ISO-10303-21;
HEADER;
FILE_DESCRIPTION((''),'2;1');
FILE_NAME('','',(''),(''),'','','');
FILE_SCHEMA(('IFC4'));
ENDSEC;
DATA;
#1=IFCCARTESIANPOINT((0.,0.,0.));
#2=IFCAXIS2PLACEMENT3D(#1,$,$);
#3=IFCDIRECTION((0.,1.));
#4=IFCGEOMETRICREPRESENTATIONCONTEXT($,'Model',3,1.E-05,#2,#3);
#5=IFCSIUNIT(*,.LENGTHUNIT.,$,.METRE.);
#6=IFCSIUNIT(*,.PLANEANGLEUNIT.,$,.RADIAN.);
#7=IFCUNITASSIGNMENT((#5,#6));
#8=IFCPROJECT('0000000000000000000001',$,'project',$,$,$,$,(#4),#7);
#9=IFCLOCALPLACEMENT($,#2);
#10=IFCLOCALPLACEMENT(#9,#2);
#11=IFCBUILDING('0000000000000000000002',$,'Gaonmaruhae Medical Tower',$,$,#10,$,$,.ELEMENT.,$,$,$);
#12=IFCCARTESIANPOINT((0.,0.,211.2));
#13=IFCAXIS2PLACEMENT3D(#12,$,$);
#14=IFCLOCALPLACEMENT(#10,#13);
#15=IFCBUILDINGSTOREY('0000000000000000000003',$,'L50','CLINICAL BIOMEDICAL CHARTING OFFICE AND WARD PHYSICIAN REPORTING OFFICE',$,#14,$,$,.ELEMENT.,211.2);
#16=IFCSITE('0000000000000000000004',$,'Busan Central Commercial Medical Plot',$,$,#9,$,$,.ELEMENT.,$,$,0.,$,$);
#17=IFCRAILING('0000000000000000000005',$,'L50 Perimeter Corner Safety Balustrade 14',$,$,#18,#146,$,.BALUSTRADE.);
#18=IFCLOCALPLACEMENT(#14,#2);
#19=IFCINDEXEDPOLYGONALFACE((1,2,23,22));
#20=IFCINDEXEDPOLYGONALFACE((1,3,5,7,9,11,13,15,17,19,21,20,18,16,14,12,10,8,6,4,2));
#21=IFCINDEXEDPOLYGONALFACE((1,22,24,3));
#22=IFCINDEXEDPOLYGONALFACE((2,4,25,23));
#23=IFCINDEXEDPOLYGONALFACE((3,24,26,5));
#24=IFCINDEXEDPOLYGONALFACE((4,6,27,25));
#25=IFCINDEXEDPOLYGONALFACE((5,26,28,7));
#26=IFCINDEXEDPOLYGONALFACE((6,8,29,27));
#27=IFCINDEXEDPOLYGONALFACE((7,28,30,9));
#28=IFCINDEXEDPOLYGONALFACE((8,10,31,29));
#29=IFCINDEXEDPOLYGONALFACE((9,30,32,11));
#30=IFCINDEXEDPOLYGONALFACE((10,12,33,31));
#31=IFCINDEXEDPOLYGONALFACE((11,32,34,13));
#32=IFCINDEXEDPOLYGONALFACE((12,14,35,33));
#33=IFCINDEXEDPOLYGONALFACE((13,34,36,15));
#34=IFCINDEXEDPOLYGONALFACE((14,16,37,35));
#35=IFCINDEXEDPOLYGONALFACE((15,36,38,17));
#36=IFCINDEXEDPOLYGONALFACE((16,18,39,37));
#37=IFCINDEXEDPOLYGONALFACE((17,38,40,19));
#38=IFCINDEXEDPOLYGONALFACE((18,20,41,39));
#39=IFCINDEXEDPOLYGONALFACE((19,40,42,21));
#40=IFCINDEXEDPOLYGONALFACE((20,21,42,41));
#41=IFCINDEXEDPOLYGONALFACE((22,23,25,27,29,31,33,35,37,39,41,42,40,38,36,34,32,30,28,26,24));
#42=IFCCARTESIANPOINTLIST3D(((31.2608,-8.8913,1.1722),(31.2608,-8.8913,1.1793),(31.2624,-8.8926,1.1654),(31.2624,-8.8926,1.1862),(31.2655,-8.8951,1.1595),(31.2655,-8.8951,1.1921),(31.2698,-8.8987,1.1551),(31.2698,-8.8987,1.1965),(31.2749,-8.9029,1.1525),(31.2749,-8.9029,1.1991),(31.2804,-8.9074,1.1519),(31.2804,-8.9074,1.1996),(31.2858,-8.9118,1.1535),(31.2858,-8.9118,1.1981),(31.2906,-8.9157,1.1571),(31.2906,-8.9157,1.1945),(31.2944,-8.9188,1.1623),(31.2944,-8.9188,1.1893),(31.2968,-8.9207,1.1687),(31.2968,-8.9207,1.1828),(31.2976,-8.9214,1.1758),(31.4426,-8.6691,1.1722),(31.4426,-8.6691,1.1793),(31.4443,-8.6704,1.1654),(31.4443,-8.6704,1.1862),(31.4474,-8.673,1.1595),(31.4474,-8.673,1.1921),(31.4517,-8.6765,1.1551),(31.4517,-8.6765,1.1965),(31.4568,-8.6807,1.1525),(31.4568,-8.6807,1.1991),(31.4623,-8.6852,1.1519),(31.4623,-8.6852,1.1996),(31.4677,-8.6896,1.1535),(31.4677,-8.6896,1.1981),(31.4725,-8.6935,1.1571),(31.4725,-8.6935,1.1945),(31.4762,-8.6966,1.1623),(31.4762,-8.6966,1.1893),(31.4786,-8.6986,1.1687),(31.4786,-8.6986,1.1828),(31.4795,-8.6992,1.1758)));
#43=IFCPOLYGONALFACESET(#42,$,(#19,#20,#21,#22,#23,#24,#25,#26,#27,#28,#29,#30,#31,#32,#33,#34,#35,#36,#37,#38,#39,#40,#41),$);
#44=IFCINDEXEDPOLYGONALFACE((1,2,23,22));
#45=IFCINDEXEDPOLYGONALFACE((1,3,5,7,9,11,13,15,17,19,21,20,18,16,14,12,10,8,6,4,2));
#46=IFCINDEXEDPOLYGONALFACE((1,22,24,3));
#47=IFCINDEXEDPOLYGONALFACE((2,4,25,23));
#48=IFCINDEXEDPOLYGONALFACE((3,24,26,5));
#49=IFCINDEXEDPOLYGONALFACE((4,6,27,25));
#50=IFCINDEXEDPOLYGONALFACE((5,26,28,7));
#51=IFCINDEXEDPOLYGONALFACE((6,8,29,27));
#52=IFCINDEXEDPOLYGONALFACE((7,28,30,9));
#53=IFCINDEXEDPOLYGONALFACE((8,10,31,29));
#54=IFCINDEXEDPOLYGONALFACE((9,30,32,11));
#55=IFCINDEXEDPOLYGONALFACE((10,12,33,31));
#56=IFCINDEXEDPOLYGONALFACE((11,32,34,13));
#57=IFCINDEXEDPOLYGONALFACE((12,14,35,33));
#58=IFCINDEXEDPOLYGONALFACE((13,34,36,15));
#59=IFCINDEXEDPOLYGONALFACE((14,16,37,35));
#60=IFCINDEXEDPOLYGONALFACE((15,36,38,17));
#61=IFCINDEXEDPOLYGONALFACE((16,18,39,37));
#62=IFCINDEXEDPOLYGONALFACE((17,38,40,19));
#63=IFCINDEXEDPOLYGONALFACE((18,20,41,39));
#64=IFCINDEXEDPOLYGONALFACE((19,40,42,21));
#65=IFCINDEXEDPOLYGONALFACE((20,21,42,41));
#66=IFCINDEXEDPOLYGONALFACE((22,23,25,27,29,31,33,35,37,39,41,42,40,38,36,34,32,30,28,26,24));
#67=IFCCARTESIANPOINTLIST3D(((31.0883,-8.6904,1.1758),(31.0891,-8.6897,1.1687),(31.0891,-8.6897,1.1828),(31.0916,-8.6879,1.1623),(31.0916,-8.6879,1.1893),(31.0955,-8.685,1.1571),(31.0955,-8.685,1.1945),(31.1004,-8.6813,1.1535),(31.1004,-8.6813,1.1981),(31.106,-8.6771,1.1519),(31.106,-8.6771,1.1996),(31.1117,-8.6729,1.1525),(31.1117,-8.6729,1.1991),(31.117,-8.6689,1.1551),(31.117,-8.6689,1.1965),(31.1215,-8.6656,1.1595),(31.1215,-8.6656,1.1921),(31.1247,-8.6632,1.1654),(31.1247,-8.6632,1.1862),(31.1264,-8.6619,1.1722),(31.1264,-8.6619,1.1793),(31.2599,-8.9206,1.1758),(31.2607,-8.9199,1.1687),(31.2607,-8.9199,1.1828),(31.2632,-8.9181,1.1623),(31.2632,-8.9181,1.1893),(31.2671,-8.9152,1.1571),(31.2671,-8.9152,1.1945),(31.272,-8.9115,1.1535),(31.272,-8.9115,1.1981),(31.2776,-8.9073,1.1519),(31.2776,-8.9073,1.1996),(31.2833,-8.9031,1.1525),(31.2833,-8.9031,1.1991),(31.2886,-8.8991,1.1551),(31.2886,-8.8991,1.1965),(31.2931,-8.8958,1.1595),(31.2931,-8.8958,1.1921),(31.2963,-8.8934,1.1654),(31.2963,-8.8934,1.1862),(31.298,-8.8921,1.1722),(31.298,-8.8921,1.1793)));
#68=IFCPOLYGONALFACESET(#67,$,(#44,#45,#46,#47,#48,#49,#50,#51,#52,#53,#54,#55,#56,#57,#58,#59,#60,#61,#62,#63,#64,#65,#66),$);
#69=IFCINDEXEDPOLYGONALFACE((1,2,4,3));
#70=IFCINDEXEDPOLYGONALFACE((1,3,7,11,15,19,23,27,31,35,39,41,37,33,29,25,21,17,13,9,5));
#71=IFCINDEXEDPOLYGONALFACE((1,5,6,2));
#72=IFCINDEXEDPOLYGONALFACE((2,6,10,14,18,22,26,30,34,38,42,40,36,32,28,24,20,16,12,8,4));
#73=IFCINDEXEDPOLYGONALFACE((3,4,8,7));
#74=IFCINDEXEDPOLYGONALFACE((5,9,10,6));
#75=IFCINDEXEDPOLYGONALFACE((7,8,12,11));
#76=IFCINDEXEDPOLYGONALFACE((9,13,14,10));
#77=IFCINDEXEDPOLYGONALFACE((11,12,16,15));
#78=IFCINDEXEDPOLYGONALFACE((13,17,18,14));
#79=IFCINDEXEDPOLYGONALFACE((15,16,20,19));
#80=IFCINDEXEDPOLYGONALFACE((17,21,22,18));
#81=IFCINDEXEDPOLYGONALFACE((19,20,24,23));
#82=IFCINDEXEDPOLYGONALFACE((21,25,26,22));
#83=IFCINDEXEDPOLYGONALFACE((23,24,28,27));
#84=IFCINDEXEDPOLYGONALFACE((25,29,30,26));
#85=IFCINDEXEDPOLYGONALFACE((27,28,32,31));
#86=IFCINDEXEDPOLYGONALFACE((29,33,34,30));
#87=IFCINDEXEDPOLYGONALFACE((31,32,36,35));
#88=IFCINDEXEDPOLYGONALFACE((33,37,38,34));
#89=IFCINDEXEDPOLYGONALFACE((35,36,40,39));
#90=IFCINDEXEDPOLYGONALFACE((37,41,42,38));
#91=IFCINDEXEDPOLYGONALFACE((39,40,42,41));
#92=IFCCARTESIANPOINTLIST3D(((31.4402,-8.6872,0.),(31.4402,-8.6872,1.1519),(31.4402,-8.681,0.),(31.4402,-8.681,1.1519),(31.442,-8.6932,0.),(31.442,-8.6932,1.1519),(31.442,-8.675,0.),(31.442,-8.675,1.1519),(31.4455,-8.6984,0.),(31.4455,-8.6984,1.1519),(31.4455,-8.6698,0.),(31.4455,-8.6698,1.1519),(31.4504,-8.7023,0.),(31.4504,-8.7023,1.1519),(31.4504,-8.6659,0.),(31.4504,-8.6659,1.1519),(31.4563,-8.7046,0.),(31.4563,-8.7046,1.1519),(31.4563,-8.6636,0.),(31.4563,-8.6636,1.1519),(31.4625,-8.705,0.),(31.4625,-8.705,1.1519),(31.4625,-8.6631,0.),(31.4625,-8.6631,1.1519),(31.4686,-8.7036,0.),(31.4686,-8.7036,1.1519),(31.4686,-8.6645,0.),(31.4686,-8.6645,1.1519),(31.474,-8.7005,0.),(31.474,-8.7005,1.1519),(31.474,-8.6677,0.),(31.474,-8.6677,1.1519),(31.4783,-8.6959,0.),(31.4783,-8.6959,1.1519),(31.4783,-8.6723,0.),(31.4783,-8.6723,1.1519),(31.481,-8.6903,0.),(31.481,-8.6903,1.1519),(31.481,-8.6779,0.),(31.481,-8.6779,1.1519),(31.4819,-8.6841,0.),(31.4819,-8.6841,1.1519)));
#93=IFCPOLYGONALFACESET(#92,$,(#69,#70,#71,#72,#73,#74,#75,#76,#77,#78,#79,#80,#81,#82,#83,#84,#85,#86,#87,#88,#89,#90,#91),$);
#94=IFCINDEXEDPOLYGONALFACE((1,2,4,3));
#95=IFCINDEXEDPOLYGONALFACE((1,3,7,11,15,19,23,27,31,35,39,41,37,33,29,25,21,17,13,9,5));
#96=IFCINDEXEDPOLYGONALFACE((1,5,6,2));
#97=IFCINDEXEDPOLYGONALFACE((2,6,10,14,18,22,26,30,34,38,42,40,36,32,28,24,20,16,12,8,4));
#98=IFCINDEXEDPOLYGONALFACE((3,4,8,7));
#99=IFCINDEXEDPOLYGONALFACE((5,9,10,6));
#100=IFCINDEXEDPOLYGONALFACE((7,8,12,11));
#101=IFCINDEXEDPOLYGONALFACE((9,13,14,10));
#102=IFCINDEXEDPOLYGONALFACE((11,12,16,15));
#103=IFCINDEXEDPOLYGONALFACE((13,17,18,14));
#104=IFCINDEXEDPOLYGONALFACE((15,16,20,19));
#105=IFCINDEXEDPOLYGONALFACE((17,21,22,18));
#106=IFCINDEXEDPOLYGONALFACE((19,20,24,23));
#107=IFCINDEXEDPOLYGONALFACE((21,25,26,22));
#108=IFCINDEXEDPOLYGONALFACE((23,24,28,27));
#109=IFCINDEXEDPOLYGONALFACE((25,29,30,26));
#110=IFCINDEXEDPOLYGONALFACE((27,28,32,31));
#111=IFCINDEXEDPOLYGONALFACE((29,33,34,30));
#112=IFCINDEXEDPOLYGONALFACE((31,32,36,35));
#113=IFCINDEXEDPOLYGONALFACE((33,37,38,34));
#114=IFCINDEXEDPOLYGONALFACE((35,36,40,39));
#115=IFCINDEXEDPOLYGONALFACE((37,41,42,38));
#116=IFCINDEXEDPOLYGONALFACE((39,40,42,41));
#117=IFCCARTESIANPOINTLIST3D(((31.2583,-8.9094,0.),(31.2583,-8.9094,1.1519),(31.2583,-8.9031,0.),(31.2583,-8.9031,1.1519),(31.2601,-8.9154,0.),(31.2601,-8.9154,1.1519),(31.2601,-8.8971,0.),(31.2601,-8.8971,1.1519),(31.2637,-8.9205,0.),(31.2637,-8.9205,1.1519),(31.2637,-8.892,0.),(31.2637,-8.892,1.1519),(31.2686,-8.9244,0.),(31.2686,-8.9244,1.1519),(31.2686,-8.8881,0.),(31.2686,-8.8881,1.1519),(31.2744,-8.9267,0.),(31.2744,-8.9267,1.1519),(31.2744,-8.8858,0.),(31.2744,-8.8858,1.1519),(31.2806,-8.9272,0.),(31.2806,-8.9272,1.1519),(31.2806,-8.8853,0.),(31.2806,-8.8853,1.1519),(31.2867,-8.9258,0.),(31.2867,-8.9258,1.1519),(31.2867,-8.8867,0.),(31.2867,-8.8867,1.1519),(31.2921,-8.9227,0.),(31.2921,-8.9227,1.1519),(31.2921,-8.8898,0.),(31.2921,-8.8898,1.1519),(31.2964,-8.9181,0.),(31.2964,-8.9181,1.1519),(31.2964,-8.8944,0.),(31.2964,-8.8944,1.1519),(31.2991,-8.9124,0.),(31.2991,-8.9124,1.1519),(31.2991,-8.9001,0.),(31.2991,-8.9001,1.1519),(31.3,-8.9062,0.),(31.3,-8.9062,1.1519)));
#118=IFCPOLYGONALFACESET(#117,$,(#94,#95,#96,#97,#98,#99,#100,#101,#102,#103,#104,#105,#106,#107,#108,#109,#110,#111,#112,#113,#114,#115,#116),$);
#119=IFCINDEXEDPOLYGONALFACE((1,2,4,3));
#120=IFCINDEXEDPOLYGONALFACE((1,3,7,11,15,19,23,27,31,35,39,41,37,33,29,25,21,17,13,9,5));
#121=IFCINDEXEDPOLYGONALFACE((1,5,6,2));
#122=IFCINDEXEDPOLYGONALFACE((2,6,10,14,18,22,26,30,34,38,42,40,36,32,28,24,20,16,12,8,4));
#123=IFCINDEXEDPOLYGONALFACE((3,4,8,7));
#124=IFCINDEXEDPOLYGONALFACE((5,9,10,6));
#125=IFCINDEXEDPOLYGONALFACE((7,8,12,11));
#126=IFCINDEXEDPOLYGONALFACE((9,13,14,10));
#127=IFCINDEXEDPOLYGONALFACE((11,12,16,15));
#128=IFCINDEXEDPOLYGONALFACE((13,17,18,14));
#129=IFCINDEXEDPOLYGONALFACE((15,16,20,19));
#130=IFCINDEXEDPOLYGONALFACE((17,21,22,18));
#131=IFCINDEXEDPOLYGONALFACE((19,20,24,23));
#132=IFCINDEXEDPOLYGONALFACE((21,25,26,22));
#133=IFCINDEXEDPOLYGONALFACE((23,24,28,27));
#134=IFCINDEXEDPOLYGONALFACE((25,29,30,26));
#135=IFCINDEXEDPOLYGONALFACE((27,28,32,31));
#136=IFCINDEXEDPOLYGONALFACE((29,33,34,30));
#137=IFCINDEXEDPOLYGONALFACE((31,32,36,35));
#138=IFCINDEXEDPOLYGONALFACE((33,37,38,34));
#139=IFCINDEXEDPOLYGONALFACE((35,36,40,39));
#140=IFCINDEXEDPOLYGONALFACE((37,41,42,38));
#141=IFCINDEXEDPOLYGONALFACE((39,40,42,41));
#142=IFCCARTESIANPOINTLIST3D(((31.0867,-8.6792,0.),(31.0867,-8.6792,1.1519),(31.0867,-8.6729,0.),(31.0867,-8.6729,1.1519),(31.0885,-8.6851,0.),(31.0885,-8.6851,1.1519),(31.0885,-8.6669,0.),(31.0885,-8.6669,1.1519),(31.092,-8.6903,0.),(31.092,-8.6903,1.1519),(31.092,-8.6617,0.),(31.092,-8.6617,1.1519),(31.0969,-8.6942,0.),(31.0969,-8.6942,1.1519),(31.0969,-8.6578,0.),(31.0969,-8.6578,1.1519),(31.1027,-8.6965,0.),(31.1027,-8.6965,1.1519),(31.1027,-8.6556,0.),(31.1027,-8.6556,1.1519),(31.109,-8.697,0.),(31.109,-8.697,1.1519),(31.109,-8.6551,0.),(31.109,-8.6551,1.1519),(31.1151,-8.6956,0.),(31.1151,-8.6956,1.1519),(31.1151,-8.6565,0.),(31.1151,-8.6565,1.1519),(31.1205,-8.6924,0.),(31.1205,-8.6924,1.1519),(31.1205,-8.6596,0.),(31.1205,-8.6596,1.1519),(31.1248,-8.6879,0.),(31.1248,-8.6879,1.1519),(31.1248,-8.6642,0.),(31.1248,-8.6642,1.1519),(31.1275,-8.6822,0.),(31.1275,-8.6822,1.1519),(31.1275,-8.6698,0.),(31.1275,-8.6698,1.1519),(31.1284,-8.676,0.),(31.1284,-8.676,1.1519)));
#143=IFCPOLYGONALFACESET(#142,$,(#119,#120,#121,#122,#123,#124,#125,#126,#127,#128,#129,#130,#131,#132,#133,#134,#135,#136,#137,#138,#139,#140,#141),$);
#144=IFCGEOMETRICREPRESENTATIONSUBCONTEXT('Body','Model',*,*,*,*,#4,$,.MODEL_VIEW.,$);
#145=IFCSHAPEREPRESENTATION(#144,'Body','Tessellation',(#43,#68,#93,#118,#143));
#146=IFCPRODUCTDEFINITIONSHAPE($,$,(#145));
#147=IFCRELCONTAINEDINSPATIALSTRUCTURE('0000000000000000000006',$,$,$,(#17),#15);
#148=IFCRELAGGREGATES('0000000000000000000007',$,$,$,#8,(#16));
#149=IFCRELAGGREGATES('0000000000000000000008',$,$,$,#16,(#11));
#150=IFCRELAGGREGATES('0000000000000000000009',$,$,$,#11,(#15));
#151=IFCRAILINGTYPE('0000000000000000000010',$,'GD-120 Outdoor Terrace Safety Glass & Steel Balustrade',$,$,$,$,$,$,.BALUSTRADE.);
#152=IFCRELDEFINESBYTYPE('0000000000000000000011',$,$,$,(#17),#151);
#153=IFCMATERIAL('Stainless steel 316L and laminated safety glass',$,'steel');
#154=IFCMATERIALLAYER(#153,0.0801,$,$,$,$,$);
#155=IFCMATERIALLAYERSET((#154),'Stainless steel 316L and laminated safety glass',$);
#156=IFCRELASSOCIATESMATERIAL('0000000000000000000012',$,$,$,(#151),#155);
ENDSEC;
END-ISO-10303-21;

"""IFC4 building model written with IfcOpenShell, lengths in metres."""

from ifc_helpers import new_model, si_unit, direction, frame, origin, origin_2d, place, context, subcontext, project, spatial, circle, extrude, material, layer, layer_set, type_object, element, save


model = new_model("IFC4")

# Units and contexts
model_context = context("Model", 3, precision=1e-05, world=origin(), true_north=direction((0.0, 1.0)))
body_context = subcontext(model_context, "Body", "Model", "MODEL_VIEW")
ifc_project = project(units=[si_unit("LENGTHUNIT", "METRE"), si_unit("PLANEANGLEUNIT", "RADIAN")], contexts=[model_context])

# Site, building, storey
site_placement = place(None, origin())
site = spatial("IfcSite", under=ifc_project, at=site_placement, Name="Busan Central Commercial Medical Plot", CompositionType="ELEMENT", RefElevation=0.0)
building_placement = place(site_placement, origin())
building = spatial("IfcBuilding", under=site, at=building_placement, Name="Gaonmaruhae Medical Tower", CompositionType="ELEMENT")
storey_placement = place(building_placement, frame((0.0, 0.0, 211.2)))
storey = spatial("IfcBuildingStorey", under=building, at=storey_placement, Name="L50", Description="CLINICAL BIOMEDICAL CHARTING OFFICE AND WARD PHYSICIAN REPORTING OFFICE", CompositionType="ELEMENT", Elevation=211.2)

# Railing
ifc_material_1 = material(Name="Stainless steel 316L and laminated safety glass", Category="steel")
ifc_layer_1 = layer(ifc_material_1, 0.0801)
ifc_layer_set_1 = layer_set([ifc_layer_1], Name="Stainless steel 316L and laminated safety glass")
railing_type = type_object("IfcRailingType", Name="GD-120 Outdoor Terrace Safety Glass & Steel Balustrade", PredefinedType="BALUSTRADE", material=ifc_layer_set_1)
for number, where, name in (
    (1, (31.4609, -8.6841, 0.0), "L50 Perimeter Corner Safety Balustrade 14"),
):
    element("IfcRailing", number, at=place(storey_placement, frame(where)), inside=storey, type_object=railing_type, Name=name, PredefinedType="BALUSTRADE", context=body_context, shape_type="SweptSolid", body=[
        extrude(circle(Radius=0.0239, at=origin_2d()), frame((0.0, 0.0, 1.1758), z_axis=(-0.633469, -0.773768, 0.0), x_axis=(0.773768, -0.633469, 0.0)), (0.0, 0.0, 1.0), 0.2871),
        extrude(circle(Radius=0.0239, at=origin_2d()), frame((-0.1819, -0.2222, 1.1758), z_axis=(-0.597685, 0.801731, 0.0), x_axis=(-0.801731, -0.597685, 0.0)), (0.0, 0.0, 1.0), 0.2871),
        extrude(circle(Radius=0.021, at=origin_2d()), origin(), (0.0, 0.0, 1.0), 1.1519),
        extrude(circle(Radius=0.021, at=origin_2d()), frame((-0.1819, -0.2222, 0.0)), (0.0, 0.0, 1.0), 1.1519),
        extrude(circle(Radius=0.021, at=origin_2d()), frame((-0.3535, 0.0081, 0.0)), (0.0, 0.0, 1.0), 1.1519),
    ])

save(model, "model.ifc")
